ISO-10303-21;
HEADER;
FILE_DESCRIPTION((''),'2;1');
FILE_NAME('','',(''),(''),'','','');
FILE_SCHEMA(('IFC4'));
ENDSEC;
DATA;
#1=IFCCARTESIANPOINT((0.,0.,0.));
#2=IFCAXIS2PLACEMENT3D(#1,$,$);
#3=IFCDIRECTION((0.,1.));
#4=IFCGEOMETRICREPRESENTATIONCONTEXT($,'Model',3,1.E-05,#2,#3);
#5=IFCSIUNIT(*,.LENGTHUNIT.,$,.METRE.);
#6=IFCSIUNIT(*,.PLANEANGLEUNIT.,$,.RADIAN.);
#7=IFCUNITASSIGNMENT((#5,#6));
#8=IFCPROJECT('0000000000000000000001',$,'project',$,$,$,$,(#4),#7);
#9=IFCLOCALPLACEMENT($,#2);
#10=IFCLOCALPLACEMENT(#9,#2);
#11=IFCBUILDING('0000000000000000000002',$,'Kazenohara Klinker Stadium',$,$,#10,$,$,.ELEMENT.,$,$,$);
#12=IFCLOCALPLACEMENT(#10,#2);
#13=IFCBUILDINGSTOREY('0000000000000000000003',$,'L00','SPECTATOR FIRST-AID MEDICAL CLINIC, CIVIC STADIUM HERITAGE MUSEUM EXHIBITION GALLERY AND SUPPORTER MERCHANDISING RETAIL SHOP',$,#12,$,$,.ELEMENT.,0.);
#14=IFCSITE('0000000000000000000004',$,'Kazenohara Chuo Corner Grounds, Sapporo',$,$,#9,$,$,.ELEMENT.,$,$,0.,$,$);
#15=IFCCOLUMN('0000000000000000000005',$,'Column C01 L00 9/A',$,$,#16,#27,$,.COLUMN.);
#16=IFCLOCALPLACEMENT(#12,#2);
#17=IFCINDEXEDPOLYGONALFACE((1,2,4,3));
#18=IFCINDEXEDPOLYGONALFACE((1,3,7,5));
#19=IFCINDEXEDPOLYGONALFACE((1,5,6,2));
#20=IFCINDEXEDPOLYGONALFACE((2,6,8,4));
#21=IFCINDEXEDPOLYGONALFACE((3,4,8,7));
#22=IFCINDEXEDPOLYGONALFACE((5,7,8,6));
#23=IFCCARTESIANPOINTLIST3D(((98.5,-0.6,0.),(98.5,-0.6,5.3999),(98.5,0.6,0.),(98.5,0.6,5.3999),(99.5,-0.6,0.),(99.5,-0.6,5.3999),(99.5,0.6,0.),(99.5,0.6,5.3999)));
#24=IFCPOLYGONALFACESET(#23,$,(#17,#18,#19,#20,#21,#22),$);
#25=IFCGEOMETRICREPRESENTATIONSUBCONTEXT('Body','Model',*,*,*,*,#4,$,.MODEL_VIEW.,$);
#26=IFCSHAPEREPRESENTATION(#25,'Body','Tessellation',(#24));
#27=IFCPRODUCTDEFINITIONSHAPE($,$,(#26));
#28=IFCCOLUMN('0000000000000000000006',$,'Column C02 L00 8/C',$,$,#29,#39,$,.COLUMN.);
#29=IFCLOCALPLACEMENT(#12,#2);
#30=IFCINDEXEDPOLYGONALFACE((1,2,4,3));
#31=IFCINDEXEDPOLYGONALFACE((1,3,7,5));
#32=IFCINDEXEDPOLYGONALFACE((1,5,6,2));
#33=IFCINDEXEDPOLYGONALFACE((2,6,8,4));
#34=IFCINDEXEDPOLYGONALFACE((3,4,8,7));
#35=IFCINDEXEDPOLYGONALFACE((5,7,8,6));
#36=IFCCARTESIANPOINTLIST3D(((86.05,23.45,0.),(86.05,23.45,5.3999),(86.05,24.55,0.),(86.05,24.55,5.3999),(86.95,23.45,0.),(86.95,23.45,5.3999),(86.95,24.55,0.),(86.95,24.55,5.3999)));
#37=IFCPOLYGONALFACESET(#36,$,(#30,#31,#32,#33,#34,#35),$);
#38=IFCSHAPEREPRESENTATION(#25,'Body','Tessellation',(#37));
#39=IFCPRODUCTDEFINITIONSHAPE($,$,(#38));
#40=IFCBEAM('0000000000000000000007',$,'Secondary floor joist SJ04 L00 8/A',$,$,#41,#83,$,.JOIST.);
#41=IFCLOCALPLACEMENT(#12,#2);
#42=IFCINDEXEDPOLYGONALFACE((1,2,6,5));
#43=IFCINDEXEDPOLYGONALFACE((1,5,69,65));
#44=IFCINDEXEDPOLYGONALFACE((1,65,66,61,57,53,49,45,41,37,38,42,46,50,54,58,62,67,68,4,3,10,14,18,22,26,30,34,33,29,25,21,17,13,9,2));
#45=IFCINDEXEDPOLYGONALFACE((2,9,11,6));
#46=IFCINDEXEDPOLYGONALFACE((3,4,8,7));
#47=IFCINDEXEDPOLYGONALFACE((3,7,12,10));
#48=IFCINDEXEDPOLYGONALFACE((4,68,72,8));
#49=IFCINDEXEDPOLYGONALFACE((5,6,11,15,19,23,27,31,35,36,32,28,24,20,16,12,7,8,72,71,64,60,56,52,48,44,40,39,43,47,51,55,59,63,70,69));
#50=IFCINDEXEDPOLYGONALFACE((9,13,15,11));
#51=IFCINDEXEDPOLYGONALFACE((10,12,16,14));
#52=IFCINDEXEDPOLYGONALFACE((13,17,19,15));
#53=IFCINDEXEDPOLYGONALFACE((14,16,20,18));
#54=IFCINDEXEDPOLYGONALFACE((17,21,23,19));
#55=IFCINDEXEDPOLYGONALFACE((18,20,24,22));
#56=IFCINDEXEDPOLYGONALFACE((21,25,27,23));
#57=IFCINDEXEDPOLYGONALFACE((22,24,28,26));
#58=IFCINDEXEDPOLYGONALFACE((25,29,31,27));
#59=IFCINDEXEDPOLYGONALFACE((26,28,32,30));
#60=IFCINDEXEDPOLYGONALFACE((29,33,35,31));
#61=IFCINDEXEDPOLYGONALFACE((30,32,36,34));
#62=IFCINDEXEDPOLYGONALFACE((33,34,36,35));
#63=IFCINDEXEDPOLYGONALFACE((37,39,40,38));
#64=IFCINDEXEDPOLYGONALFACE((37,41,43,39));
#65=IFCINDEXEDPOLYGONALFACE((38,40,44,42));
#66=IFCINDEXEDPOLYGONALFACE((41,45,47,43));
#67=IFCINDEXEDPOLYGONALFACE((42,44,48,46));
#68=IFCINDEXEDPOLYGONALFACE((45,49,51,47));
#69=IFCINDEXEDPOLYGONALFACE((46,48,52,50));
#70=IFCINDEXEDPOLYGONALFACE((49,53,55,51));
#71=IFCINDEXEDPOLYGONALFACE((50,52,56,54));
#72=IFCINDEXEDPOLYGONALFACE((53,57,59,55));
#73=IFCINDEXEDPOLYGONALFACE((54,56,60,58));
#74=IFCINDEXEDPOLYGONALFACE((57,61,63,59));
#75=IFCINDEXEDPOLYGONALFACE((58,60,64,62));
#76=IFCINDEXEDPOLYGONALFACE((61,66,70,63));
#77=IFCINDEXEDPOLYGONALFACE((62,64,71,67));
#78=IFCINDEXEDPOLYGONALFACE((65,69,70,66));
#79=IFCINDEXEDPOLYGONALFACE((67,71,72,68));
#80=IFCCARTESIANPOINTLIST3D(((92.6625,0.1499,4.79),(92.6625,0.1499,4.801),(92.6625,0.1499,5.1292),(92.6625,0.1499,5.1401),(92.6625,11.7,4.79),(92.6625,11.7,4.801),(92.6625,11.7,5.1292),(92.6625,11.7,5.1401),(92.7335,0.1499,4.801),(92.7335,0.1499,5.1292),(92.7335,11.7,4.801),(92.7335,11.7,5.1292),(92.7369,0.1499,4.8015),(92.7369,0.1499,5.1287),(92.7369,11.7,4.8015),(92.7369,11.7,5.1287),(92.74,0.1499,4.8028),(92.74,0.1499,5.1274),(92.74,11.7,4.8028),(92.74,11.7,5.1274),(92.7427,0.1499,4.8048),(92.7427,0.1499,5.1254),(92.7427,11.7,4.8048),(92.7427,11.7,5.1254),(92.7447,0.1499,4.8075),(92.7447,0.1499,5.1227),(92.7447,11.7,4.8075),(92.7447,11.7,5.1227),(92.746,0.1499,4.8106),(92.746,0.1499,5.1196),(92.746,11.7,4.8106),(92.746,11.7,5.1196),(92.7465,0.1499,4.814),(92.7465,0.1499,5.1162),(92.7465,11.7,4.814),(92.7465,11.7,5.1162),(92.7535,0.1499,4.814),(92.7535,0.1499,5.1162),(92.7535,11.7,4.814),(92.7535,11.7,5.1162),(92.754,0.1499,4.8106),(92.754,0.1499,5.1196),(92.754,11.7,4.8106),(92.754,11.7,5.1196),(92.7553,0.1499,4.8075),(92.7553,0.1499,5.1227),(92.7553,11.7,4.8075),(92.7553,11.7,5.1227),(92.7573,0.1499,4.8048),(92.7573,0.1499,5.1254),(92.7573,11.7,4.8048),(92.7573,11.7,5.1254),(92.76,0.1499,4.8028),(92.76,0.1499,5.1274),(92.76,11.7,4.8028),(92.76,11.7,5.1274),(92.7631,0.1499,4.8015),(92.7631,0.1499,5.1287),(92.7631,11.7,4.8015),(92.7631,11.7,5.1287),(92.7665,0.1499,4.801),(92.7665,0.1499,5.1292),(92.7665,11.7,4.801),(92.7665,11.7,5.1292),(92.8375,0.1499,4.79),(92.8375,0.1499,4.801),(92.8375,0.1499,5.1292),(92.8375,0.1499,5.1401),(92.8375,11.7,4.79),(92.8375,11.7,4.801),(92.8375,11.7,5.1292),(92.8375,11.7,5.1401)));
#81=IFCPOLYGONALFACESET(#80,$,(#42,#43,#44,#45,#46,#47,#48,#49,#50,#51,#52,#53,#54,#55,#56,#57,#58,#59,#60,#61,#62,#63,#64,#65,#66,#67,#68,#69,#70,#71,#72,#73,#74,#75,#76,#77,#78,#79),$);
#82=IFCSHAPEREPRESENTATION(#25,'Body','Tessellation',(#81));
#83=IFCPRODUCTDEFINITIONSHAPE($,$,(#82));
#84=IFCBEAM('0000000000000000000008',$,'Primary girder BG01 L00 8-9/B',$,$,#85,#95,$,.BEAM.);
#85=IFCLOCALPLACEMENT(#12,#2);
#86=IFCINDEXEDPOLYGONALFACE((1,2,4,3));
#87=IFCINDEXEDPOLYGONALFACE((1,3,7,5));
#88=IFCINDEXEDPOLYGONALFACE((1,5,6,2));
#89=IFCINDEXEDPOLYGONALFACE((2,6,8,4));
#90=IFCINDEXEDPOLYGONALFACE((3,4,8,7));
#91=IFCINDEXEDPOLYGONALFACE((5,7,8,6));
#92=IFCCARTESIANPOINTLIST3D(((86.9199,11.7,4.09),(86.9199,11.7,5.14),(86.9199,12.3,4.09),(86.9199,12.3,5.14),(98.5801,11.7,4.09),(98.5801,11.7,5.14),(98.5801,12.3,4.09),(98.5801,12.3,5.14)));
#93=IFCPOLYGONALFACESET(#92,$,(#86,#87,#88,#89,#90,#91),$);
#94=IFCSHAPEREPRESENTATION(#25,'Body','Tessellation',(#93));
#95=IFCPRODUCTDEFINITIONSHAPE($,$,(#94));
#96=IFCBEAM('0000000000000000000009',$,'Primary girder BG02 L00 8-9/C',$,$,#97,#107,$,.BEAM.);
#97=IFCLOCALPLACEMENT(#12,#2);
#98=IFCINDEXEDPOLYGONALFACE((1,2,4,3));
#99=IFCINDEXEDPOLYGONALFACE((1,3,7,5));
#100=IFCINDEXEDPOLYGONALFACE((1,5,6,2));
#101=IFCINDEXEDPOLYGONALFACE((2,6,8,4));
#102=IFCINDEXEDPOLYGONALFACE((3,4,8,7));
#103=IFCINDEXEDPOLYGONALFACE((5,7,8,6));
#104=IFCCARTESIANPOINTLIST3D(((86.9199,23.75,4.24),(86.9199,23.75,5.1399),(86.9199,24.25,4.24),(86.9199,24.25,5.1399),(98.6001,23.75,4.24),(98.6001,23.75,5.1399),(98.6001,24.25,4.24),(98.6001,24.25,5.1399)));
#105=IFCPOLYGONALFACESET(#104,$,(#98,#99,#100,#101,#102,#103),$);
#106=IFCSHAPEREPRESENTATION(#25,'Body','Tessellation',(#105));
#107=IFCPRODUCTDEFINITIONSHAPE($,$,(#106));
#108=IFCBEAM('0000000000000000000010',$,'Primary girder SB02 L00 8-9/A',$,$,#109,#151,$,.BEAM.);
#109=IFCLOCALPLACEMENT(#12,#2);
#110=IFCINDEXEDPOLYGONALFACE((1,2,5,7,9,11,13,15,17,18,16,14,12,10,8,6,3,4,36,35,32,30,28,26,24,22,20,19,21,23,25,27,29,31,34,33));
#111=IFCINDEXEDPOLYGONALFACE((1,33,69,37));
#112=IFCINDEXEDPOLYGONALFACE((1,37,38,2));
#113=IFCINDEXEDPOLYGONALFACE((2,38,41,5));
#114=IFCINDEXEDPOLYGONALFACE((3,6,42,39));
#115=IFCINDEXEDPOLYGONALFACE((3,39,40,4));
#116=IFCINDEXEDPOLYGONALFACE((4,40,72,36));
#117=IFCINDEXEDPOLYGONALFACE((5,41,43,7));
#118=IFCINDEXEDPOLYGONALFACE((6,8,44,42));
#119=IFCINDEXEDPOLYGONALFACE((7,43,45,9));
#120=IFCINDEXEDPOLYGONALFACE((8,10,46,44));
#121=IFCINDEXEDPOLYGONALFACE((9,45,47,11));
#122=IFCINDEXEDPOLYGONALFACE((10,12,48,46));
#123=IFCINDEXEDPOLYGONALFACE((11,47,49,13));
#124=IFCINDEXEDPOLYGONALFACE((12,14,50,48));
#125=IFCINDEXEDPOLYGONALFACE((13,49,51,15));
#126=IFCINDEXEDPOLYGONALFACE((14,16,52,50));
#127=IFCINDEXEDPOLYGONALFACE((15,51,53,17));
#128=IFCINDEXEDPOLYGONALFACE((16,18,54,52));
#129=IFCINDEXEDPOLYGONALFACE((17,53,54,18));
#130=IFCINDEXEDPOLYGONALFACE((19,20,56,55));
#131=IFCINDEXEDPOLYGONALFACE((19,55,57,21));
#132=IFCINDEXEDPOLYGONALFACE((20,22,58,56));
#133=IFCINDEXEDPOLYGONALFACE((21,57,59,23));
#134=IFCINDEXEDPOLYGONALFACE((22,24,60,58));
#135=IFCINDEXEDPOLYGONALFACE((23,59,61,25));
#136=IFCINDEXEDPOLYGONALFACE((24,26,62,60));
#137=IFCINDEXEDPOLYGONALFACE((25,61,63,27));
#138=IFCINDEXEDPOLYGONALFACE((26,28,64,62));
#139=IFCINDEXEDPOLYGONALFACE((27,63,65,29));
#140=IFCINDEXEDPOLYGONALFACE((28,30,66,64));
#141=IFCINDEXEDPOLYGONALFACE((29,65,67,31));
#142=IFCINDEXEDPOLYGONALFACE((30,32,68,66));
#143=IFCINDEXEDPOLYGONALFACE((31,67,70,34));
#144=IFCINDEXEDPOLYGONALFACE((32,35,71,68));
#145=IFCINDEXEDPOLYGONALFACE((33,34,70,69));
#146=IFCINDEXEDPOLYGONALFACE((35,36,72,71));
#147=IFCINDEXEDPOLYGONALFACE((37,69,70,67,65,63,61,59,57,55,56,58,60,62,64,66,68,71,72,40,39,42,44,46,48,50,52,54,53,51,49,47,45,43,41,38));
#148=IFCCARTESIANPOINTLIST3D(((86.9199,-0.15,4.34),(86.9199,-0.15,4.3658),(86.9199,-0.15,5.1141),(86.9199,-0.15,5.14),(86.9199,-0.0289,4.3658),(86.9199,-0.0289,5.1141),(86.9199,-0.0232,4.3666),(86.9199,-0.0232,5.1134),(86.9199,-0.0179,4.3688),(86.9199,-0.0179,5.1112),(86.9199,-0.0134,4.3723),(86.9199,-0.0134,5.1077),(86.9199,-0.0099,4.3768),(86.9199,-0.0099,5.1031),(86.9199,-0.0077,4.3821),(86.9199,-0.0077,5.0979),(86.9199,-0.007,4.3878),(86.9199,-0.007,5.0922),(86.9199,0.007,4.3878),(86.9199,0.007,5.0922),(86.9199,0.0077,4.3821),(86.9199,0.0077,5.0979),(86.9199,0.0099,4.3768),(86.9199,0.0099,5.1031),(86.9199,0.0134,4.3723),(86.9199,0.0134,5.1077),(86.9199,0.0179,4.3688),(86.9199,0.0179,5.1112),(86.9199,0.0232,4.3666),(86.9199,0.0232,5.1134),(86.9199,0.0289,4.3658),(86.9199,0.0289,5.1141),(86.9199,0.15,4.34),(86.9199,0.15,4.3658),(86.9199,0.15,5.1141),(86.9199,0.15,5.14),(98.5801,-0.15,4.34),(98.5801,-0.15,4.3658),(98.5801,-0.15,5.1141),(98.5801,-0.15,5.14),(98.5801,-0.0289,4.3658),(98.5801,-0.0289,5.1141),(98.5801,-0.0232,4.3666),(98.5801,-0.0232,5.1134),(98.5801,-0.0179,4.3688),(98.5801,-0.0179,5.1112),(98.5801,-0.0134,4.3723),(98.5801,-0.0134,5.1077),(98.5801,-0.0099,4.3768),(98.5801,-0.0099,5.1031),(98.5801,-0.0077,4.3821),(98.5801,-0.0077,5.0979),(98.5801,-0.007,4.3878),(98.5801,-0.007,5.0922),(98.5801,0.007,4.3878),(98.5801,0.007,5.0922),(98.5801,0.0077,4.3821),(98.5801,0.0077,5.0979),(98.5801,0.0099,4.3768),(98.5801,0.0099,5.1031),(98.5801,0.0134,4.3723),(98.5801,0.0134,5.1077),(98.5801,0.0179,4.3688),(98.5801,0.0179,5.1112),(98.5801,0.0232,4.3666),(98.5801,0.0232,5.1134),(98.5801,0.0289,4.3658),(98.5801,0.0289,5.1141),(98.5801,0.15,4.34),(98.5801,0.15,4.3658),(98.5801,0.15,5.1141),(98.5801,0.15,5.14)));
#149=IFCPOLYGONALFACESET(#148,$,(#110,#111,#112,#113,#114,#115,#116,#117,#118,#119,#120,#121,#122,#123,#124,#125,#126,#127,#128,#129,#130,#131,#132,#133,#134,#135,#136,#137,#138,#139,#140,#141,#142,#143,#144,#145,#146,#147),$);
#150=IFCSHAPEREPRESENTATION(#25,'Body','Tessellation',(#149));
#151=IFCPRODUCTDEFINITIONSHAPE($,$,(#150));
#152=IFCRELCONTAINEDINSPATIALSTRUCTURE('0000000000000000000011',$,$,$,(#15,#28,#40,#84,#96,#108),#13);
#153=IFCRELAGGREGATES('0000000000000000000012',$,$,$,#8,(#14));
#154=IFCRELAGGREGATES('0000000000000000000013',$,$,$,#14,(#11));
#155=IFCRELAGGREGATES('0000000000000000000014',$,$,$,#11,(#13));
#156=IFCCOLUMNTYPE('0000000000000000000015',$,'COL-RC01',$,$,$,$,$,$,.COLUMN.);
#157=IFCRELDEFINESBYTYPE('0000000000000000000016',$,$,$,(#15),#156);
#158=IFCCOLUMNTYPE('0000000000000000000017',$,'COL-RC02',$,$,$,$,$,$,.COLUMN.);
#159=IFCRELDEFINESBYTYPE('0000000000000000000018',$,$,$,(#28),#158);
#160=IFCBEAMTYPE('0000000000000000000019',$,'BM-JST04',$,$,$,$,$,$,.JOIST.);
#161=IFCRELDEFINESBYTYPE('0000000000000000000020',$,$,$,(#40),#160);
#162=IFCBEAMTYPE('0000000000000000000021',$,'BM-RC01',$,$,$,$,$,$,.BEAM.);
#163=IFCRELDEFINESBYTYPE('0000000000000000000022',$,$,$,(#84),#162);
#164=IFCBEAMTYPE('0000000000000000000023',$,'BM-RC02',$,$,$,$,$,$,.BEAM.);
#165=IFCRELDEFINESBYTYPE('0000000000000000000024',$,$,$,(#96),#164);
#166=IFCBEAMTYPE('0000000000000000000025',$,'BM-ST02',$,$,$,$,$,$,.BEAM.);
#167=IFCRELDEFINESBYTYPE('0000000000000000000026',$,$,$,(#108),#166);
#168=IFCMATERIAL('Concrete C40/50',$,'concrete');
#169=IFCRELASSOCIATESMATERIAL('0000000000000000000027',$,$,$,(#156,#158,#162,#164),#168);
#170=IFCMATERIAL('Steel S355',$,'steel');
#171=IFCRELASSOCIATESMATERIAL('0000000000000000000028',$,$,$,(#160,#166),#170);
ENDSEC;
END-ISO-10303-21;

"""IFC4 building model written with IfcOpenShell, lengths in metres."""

from ifc_helpers import new_model, si_unit, direction, frame, origin, origin_2d, place, context, subcontext, project, spatial, rectangle, i_section, extrude, material, material_profile, profile_set, type_object, element, save


model = new_model("IFC4")

# Units and contexts
model_context = context("Model", 3, precision=1e-05, world=origin(), true_north=direction((0.0, 1.0)))
body_context = subcontext(model_context, "Body", "Model", "MODEL_VIEW")
ifc_project = project(units=[si_unit("LENGTHUNIT", "METRE"), si_unit("PLANEANGLEUNIT", "RADIAN")], contexts=[model_context])

# Site, building, storey
site_placement = place(None, origin())
site = spatial("IfcSite", under=ifc_project, at=site_placement, Name="Kazenohara Chuo Corner Grounds, Sapporo", CompositionType="ELEMENT", RefElevation=0.0)
building_placement = place(site_placement, origin())
building = spatial("IfcBuilding", under=site, at=building_placement, Name="Kazenohara Klinker Stadium", CompositionType="ELEMENT")
storey_placement = place(building_placement, origin())
storey = spatial("IfcBuildingStorey", under=building, at=storey_placement, Name="L00", Description="SPECTATOR FIRST-AID MEDICAL CLINIC, CIVIC STADIUM HERITAGE MUSEUM EXHIBITION GALLERY AND SUPPORTER MERCHANDISING RETAIL SHOP", CompositionType="ELEMENT", Elevation=0.0)

# Columns
ifc_material_1 = material(Name="Concrete C40/50", Category="concrete")
ifc_material_profile_1 = material_profile(ifc_material_1, rectangle(XDim=1.0, YDim=1.2, at=origin_2d()), Name="RC-COL-1200x1000")
ifc_profile_set_1 = profile_set([ifc_material_profile_1], Name="Concrete C40/50")
column_type_1 = type_object("IfcColumnType", Name="COL-RC01", PredefinedType="COLUMN", material=ifc_profile_set_1)
column_1_placement = place(storey_placement, frame((99.0, 0.0, 0.0), z_axis=(0.0, 0.0, 1.0), x_axis=(1.0, 0.0, 0.0)))
element("IfcColumn", 1, at=column_1_placement, inside=storey, type_object=column_type_1, Name="Column C01 L00 9/A", PredefinedType="COLUMN", context=body_context, shape_type="SweptSolid", body=[
    extrude(rectangle(XDim=1.0, YDim=1.2, at=origin_2d()), origin(), (0.0, 0.0, 1.0), 5.3999),
])
ifc_material_profile_2 = material_profile(ifc_material_1, rectangle(XDim=0.8999, YDim=1.1001, at=origin_2d()), Name="RC-COL-1100x900")
ifc_profile_set_2 = profile_set([ifc_material_profile_2], Name="Concrete C40/50")
column_type_2 = type_object("IfcColumnType", Name="COL-RC02", PredefinedType="COLUMN", material=ifc_profile_set_2)
column_2_placement = place(storey_placement, frame((86.5, 24.0, 0.0), z_axis=(0.0, 0.0, 1.0), x_axis=(1.0, 0.0, 0.0)))
element("IfcColumn", 2, at=column_2_placement, inside=storey, type_object=column_type_2, Name="Column C02 L00 8/C", PredefinedType="COLUMN", context=body_context, shape_type="SweptSolid", body=[
    extrude(rectangle(XDim=0.8999, YDim=1.1001, at=origin_2d()), origin(), (0.0, 0.0, 1.0), 5.3999),
])

# Beams
ifc_material_2 = material(Name="Steel S355", Category="steel")
ifc_material_profile_3 = material_profile(ifc_material_2, i_section(OverallWidth=0.175, OverallDepth=0.3501, WebThickness=0.0071, FlangeThickness=0.011, FilletRadius=0.0129, at=origin_2d()), Name="H-350x175x7x11")
ifc_profile_set_3 = profile_set([ifc_material_profile_3], Name="Steel S355")
beam_type_1 = type_object("IfcBeamType", Name="BM-JST04", PredefinedType="JOIST", material=ifc_profile_set_3)
beam_1_placement = place(storey_placement, frame((92.75, 0.1499, 4.9651), z_axis=(0.0, 1.0, 0.0), x_axis=(-1.0, 0.0, 0.0)))
element("IfcBeam", 3, at=beam_1_placement, inside=storey, type_object=beam_type_1, Name="Secondary floor joist SJ04 L00 8/A", PredefinedType="JOIST", context=body_context, shape_type="SweptSolid", body=[
    extrude(i_section(OverallWidth=0.175, OverallDepth=0.3501, WebThickness=0.0071, FlangeThickness=0.011, FilletRadius=0.0129, at=origin_2d()), origin(), (0.0, 0.0, 1.0), 11.55),
])
ifc_material_profile_4 = material_profile(ifc_material_1, rectangle(XDim=0.6001, YDim=1.05, at=origin_2d()), Name="RC-BM-600x1050")
ifc_profile_set_4 = profile_set([ifc_material_profile_4], Name="Concrete C40/50")
beam_type_2 = type_object("IfcBeamType", Name="BM-RC01", PredefinedType="BEAM", material=ifc_profile_set_4)
beam_2_placement = place(storey_placement, frame((86.9199, 12.0, 4.615), z_axis=(1.0, 0.0, 0.0), x_axis=(0.0, 1.0, 0.0)))
element("IfcBeam", 4, at=beam_2_placement, inside=storey, type_object=beam_type_2, Name="Primary girder BG01 L00 8-9/B", PredefinedType="BEAM", context=body_context, shape_type="SweptSolid", body=[
    extrude(rectangle(XDim=0.6001, YDim=1.05, at=origin_2d()), origin(), (0.0, 0.0, 1.0), 11.6602),
])
ifc_material_profile_5 = material_profile(ifc_material_1, rectangle(XDim=0.5, YDim=0.8999, at=origin_2d()), Name="RC-BM-500x900")
ifc_profile_set_5 = profile_set([ifc_material_profile_5], Name="Concrete C40/50")
beam_type_3 = type_object("IfcBeamType", Name="BM-RC02", PredefinedType="BEAM", material=ifc_profile_set_5)
beam_3_placement = place(storey_placement, frame((86.9199, 24.0, 4.6899), z_axis=(1.0, 0.0, 0.0), x_axis=(0.0, 1.0, 0.0)))
element("IfcBeam", 5, at=beam_3_placement, inside=storey, type_object=beam_type_3, Name="Primary girder BG02 L00 8-9/C", PredefinedType="BEAM", context=body_context, shape_type="SweptSolid", body=[
    extrude(rectangle(XDim=0.5, YDim=0.8999, at=origin_2d()), origin(), (0.0, 0.0, 1.0), 11.6802),
])
ifc_material_profile_6 = material_profile(ifc_material_2, i_section(OverallWidth=0.3, OverallDepth=0.8, WebThickness=0.0139, FlangeThickness=0.0259, FilletRadius=0.022, at=origin_2d()), Name="H-800x300x14x26")
ifc_profile_set_6 = profile_set([ifc_material_profile_6], Name="Steel S355")
beam_type_4 = type_object("IfcBeamType", Name="BM-ST02", PredefinedType="BEAM", material=ifc_profile_set_6)
beam_4_placement = place(storey_placement, frame((86.9199, 0.0, 4.74), z_axis=(1.0, 0.0, 0.0), x_axis=(0.0, 1.0, 0.0)))
element("IfcBeam", 6, at=beam_4_placement, inside=storey, type_object=beam_type_4, Name="Primary girder SB02 L00 8-9/A", PredefinedType="BEAM", context=body_context, shape_type="SweptSolid", body=[
    extrude(i_section(OverallWidth=0.3, OverallDepth=0.8, WebThickness=0.0139, FlangeThickness=0.0259, FilletRadius=0.022, at=origin_2d()), origin(), (0.0, 0.0, 1.0), 11.6602),
])

save(model, "model.ifc")
